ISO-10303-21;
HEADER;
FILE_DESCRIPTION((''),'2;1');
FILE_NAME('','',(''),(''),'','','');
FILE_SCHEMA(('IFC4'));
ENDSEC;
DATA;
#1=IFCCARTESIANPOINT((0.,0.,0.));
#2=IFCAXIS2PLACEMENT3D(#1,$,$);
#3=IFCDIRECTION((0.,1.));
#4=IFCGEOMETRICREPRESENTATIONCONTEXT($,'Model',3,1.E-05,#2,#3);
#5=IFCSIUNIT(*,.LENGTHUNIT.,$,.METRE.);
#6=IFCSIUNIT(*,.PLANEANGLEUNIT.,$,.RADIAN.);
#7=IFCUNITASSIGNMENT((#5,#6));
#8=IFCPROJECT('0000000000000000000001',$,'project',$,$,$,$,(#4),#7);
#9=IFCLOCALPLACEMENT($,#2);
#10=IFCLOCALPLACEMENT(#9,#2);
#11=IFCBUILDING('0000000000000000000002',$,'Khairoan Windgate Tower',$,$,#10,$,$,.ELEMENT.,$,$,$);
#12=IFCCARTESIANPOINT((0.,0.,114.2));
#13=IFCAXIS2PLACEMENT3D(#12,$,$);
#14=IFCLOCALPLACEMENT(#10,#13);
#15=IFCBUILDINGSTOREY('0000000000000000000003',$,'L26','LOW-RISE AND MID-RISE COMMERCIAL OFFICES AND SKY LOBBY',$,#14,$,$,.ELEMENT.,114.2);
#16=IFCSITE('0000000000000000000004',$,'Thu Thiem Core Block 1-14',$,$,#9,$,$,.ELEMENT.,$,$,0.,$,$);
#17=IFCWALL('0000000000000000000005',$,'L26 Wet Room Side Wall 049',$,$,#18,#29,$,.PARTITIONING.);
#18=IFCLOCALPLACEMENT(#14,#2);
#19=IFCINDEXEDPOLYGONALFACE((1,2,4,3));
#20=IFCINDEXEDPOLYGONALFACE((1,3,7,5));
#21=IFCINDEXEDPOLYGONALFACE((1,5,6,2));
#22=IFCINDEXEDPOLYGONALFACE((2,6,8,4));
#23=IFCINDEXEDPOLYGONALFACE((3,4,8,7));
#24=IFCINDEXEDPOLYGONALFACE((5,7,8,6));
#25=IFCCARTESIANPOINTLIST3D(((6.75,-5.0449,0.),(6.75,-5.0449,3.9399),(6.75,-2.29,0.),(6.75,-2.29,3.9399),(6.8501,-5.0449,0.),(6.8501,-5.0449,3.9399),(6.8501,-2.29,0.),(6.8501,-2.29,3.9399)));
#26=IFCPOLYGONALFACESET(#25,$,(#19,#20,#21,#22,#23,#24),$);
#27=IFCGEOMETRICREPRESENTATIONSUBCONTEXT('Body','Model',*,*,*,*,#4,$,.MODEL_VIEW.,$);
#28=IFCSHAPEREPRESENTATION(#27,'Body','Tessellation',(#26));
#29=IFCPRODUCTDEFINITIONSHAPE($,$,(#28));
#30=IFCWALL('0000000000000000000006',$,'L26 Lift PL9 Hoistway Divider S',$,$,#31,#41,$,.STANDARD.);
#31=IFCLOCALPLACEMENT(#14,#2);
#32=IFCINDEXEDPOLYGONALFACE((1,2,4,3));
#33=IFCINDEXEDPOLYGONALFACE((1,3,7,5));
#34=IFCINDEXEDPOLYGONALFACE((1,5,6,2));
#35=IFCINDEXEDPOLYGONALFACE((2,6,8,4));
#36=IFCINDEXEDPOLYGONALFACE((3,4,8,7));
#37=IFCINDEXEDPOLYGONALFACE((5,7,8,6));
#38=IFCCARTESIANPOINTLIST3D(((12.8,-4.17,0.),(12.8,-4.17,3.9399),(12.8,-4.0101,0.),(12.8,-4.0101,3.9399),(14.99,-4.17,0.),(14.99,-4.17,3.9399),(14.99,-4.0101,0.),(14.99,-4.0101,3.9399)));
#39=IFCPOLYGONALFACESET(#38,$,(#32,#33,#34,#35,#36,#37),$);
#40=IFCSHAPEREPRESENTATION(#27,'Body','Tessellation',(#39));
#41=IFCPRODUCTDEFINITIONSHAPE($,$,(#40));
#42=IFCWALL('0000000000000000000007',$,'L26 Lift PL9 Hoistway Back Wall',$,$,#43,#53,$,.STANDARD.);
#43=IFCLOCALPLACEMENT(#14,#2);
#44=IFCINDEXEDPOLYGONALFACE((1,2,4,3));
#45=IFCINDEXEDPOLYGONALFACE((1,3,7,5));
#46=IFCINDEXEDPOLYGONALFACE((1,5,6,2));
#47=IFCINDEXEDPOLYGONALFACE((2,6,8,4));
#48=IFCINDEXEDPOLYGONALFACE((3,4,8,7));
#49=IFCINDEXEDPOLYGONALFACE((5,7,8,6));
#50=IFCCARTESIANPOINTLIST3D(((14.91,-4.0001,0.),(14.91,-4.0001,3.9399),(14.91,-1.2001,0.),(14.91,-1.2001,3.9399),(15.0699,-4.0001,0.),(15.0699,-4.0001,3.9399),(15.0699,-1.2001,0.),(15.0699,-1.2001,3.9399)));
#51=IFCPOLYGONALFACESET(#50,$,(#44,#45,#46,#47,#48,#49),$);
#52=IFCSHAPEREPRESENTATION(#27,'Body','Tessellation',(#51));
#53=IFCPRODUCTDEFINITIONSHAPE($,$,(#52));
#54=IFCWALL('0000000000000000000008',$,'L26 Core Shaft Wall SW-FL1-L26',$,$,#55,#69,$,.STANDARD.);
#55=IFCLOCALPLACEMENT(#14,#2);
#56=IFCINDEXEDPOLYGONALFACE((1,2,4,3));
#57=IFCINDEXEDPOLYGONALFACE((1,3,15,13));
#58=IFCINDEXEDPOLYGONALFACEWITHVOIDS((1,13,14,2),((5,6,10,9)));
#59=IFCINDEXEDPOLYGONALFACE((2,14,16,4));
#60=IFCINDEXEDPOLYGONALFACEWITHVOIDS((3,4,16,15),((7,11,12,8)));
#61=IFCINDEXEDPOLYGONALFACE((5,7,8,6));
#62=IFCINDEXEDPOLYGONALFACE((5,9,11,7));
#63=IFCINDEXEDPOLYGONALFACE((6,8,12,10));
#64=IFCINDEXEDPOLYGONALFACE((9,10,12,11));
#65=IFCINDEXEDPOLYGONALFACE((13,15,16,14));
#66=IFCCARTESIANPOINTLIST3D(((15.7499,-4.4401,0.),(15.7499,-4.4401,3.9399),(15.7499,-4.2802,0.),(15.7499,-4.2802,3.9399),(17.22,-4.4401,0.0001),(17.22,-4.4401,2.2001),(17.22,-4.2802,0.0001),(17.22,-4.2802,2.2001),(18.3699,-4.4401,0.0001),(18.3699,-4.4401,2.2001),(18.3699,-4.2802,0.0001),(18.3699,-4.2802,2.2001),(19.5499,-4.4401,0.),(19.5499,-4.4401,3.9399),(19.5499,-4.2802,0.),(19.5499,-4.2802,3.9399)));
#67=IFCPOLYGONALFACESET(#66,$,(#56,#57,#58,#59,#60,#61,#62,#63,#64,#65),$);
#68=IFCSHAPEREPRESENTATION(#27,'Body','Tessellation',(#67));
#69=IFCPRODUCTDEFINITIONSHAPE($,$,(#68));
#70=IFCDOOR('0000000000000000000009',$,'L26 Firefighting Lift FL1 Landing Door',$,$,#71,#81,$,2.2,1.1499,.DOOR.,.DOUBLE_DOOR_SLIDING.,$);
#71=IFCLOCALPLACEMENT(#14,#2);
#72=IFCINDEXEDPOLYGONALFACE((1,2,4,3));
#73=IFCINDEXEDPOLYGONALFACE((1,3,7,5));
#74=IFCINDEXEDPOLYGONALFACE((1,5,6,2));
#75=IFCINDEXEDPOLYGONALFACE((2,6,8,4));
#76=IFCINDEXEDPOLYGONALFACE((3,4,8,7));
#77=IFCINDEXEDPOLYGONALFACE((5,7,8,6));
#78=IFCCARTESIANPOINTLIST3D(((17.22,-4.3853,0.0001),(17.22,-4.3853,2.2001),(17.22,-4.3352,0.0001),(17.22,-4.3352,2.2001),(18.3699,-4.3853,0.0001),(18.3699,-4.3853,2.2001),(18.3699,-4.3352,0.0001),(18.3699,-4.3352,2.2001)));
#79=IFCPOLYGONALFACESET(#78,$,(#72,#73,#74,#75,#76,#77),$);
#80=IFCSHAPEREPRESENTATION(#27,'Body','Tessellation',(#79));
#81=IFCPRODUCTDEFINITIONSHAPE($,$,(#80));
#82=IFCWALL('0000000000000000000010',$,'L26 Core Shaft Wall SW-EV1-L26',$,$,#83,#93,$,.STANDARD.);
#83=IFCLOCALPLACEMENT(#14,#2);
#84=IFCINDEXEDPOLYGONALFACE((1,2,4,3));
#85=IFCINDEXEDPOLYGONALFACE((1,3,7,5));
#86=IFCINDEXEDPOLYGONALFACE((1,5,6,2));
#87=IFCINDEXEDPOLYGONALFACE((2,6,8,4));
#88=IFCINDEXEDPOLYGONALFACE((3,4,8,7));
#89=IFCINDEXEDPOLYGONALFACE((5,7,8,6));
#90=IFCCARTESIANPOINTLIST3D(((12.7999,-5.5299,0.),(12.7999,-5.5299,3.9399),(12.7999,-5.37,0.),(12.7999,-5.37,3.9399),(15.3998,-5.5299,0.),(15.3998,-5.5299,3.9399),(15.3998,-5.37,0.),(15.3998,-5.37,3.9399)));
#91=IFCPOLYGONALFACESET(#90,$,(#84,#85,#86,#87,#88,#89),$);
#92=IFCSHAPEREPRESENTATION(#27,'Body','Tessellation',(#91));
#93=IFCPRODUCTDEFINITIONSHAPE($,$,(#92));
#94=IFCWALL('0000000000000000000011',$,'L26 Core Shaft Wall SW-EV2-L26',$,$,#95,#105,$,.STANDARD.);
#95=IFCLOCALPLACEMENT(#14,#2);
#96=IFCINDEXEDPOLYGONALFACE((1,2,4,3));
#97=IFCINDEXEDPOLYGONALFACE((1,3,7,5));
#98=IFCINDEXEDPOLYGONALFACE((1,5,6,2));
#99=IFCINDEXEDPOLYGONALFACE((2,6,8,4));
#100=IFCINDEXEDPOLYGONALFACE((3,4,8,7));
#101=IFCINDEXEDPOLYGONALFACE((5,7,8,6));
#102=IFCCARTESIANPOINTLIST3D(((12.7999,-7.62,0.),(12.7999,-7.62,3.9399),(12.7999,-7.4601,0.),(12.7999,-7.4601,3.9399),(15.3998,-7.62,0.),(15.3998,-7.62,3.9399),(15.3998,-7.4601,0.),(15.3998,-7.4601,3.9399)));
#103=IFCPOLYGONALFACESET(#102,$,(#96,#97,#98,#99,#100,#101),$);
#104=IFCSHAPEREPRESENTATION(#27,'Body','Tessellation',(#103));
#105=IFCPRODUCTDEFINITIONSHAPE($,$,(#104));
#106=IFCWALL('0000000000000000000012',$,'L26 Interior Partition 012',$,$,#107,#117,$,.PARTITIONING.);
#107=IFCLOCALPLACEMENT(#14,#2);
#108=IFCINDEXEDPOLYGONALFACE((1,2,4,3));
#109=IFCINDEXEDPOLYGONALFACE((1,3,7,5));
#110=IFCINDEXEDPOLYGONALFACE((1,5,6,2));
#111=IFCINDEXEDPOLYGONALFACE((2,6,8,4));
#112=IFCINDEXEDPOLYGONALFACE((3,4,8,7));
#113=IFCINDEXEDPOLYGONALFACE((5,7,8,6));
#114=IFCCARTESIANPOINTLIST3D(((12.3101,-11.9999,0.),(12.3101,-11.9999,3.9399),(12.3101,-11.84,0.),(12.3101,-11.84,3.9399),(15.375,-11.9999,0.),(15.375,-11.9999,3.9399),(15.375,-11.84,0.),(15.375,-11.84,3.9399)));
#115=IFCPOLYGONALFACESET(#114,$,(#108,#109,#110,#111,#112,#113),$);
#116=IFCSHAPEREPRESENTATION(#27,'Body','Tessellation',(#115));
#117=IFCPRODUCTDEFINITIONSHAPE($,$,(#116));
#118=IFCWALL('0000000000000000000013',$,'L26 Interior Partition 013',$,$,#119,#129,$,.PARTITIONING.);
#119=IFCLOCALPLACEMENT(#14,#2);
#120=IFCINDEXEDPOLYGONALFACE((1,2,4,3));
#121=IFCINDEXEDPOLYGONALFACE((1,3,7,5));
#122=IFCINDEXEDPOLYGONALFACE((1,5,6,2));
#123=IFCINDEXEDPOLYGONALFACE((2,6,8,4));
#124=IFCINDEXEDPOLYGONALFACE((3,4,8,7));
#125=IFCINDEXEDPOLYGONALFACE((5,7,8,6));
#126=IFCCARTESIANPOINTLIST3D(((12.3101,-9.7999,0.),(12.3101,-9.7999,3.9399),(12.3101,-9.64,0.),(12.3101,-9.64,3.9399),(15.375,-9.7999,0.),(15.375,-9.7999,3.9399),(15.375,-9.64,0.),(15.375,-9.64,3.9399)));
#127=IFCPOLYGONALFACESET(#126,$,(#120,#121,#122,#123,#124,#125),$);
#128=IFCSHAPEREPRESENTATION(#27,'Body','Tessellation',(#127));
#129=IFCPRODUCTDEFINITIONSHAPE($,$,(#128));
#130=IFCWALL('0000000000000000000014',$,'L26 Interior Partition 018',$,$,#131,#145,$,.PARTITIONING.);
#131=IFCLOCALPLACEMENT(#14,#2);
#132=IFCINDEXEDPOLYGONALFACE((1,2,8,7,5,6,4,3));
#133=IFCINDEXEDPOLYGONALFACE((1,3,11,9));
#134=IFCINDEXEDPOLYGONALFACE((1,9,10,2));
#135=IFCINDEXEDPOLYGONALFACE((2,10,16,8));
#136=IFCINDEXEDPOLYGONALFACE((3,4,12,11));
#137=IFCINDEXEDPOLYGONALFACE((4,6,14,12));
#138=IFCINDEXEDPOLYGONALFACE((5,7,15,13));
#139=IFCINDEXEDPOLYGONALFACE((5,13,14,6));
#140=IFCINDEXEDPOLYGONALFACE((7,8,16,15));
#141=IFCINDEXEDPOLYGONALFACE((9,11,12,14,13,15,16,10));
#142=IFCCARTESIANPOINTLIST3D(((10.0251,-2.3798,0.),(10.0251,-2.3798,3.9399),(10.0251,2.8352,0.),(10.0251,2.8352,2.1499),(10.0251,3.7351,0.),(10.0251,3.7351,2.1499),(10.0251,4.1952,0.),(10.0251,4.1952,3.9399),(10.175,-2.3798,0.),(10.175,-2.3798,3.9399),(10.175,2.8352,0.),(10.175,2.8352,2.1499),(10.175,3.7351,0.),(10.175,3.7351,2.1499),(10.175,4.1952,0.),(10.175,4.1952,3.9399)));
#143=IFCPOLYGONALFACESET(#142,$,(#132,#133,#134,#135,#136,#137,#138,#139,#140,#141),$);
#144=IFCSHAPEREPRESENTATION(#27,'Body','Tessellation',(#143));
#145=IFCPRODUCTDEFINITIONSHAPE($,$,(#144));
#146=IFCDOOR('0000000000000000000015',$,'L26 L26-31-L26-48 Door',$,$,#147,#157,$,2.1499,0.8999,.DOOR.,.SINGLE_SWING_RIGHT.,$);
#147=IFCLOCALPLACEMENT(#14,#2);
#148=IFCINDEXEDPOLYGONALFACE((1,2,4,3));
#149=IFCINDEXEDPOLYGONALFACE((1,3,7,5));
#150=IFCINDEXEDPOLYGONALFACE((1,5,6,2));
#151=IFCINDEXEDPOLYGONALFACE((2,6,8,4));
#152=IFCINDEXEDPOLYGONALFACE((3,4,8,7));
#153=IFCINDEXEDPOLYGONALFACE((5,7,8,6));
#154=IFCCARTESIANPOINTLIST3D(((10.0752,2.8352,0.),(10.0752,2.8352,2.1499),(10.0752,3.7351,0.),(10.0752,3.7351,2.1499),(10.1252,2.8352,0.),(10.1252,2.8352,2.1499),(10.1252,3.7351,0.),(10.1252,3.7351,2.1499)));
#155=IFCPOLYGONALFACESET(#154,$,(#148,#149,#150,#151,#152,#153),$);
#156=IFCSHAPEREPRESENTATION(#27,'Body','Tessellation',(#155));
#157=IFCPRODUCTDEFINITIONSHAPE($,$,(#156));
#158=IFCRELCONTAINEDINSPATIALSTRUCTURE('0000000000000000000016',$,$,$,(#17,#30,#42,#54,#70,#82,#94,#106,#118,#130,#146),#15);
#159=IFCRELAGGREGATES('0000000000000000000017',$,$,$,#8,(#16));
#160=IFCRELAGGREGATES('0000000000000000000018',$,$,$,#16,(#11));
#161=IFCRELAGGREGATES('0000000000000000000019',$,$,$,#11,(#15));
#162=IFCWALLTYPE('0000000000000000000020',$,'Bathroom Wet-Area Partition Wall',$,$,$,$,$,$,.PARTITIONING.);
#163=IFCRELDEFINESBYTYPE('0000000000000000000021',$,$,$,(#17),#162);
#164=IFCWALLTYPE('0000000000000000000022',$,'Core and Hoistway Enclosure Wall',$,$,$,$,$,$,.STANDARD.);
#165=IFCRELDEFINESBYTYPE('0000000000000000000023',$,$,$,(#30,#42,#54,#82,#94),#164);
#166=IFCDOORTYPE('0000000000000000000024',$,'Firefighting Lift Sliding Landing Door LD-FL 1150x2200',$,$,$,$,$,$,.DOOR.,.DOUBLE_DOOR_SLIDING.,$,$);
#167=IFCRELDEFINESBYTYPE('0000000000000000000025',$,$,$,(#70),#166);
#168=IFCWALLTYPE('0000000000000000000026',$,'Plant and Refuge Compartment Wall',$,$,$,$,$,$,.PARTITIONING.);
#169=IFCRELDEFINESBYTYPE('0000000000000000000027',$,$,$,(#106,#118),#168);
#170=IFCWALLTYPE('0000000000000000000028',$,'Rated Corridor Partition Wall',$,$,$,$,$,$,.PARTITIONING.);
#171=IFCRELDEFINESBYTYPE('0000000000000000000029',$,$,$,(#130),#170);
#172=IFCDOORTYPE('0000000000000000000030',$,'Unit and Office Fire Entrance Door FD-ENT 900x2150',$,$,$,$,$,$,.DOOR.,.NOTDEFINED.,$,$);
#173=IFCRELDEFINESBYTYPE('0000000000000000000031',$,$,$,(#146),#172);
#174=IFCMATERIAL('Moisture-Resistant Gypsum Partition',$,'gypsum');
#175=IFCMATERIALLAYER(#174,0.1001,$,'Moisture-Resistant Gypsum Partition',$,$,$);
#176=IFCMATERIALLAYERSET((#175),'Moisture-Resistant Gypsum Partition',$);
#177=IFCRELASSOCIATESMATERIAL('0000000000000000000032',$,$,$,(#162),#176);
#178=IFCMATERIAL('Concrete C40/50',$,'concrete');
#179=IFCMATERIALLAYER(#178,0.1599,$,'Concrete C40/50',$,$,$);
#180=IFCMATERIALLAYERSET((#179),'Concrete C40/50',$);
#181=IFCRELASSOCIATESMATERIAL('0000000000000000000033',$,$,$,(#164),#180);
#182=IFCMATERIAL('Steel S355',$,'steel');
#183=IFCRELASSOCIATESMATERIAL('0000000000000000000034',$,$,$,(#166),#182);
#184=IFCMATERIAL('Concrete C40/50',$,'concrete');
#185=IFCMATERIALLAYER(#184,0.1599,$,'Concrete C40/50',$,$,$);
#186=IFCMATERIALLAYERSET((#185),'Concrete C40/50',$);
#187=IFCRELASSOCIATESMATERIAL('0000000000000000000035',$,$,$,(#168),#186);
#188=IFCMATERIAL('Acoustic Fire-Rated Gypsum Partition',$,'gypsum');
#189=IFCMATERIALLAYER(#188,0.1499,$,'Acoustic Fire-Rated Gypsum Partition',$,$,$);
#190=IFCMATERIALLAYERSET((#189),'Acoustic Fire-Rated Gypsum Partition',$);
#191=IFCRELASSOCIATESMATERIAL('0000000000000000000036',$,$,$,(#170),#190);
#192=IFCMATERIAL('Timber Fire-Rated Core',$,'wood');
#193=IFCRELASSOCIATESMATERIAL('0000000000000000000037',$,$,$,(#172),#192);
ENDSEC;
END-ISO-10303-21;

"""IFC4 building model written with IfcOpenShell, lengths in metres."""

from ifc_helpers import new_model, si_unit, direction, frame, frame_2d, origin, place, context, subcontext, project, spatial, rectangle, extrude, material, layer, layer_set, type_object, element, fill, save


model = new_model("IFC4")

# Units and contexts
model_context = context("Model", 3, precision=1e-05, world=origin(), true_north=direction((0.0, 1.0)))
body_context = subcontext(model_context, "Body", "Model", "MODEL_VIEW")
ifc_project = project(units=[si_unit("LENGTHUNIT", "METRE"), si_unit("PLANEANGLEUNIT", "RADIAN")], contexts=[model_context])

# Site, building, storey
site_placement = place(None, origin())
site = spatial("IfcSite", under=ifc_project, at=site_placement, Name="Thu Thiem Core Block 1-14", CompositionType="ELEMENT", RefElevation=0.0)
building_placement = place(site_placement, origin())
building = spatial("IfcBuilding", under=site, at=building_placement, Name="Khairoan Windgate Tower", CompositionType="ELEMENT")
storey_placement = place(building_placement, frame((0.0, 0.0, 114.2)))
storey = spatial("IfcBuildingStorey", under=building, at=storey_placement, Name="L26", Description="LOW-RISE AND MID-RISE COMMERCIAL OFFICES AND SKY LOBBY", CompositionType="ELEMENT", Elevation=114.2)

# Walls
ifc_material_1 = material(Name="Moisture-Resistant Gypsum Partition", Category="gypsum")
ifc_layer_1 = layer(ifc_material_1, 0.1001, Name="Moisture-Resistant Gypsum Partition")
ifc_layer_set_1 = layer_set([ifc_layer_1], Name="Moisture-Resistant Gypsum Partition")
wall_type_1 = type_object("IfcWallType", Name="Bathroom Wet-Area Partition Wall", PredefinedType="PARTITIONING", material=ifc_layer_set_1)
wall_1_placement = place(storey_placement, frame((6.8, -2.29, 0.0), z_axis=(0.0, 0.0, 1.0), x_axis=(0.0, -1.0, 0.0)))
element("IfcWall", 1, at=wall_1_placement, inside=storey, type_object=wall_type_1, Name="L26 Wet Room Side Wall 049", PredefinedType="PARTITIONING", context=body_context, shape_type="SweptSolid", body=[
    extrude(rectangle(XDim=2.7549, YDim=0.1001, at=frame_2d((1.3774, 0.0))), origin(), (0.0, 0.0, 1.0), 3.9399),
])
ifc_material_2 = material(Name="Concrete C40/50", Category="concrete")
ifc_layer_2 = layer(ifc_material_2, 0.1599, Name="Concrete C40/50")
ifc_layer_set_2 = layer_set([ifc_layer_2], Name="Concrete C40/50")
wall_type_2 = type_object("IfcWallType", Name="Core and Hoistway Enclosure Wall", PredefinedType="STANDARD", material=ifc_layer_set_2)
wall_2_placement = place(storey_placement, frame((12.8, -4.0901, 0.0), z_axis=(0.0, 0.0, 1.0), x_axis=(1.0, 0.0, 0.0)))
element("IfcWall", 2, at=wall_2_placement, inside=storey, type_object=wall_type_2, Name="L26 Lift PL9 Hoistway Divider S", PredefinedType="STANDARD", context=body_context, shape_type="SweptSolid", body=[
    extrude(rectangle(XDim=2.1899, YDim=0.1599, at=frame_2d((1.095, 0.0))), origin(), (0.0, 0.0, 1.0), 3.9399),
])
wall_3_placement = place(storey_placement, frame((14.99, -4.0, 0.0), z_axis=(0.0, 0.0, 1.0), x_axis=(0.0, 1.0, 0.0)))
element("IfcWall", 3, at=wall_3_placement, inside=storey, type_object=wall_type_2, Name="L26 Lift PL9 Hoistway Back Wall", PredefinedType="STANDARD", context=body_context, shape_type="SweptSolid", body=[
    extrude(rectangle(XDim=2.8, YDim=0.1599, at=frame_2d((1.3999, 0.0))), origin(), (0.0, 0.0, 1.0), 3.9399),
])

# Wall, opening, door
wall_4_placement = place(storey_placement, frame((15.75, -4.3601, 0.0), z_axis=(0.0, 0.0, 1.0), x_axis=(1.0, 0.0, 0.0)))
wall_4 = element("IfcWall", 4, at=wall_4_placement, inside=storey, type_object=wall_type_2, Name="L26 Core Shaft Wall SW-FL1-L26", PredefinedType="STANDARD", context=body_context, shape_type="SweptSolid", body=[
    extrude(rectangle(XDim=3.8, YDim=0.1599, at=frame_2d((1.8999, 0.0))), origin(), (0.0, 0.0, 1.0), 3.9399),
])
opening_1_placement = place(wall_4_placement, frame((1.47, 0.0, 0.0)))
opening_1 = element("IfcOpeningElement", 5, at=opening_1_placement, cuts=wall_4, PredefinedType="OPENING", context=body_context, shape_type="SweptSolid", body=[
    extrude(rectangle(XDim=1.1499, YDim=2.2, at=frame_2d((0.575, 1.1001))), frame((0.0, 0.0898, 0.0), z_axis=(0.0, -1.0, 0.0), x_axis=(1.0, 0.0, 0.0)), (0.0, 0.0, 1.0), 0.1799),
])
ifc_material_3 = material(Name="Steel S355", Category="steel")
door_type_1 = type_object("IfcDoorType", Name="Firefighting Lift Sliding Landing Door LD-FL 1150x2200", OperationType="DOUBLE_DOOR_SLIDING", PredefinedType="DOOR", material=ifc_material_3)
door_1_placement = place(opening_1_placement, origin())
door_1 = element("IfcDoor", 6, at=door_1_placement, inside=storey, type_object=door_type_1, Name="L26 Firefighting Lift FL1 Landing Door", OperationType="DOUBLE_DOOR_SLIDING", OverallHeight=2.2, OverallWidth=1.1499, PredefinedType="DOOR", context=body_context, shape_type="SweptSolid", body=[
    extrude(rectangle(XDim=1.1499, YDim=2.2, at=frame_2d((0.575, 1.1001))), frame((0.0, 0.0249, 0.0), z_axis=(0.0, -1.0, 0.0), x_axis=(1.0, 0.0, 0.0)), (0.0, 0.0, 1.0), 0.05),
])
fill(opening_1, door_1)

# Walls
for number, where, z_axis, x_axis, name in (
    (7, (12.8, -5.45, 0.0), (0.0, 0.0, 1.0), (1.0, 0.0, 0.0), "L26 Core Shaft Wall SW-EV1-L26"),
    (8, (12.8, -7.54, 0.0), (0.0, 0.0, 1.0), (1.0, 0.0, 0.0), "L26 Core Shaft Wall SW-EV2-L26"),
):
    element("IfcWall", number, at=place(storey_placement, frame(where, z_axis=z_axis, x_axis=x_axis)), inside=storey, type_object=wall_type_2, Name=name, PredefinedType="STANDARD", context=body_context, shape_type="SweptSolid", body=[
        extrude(rectangle(XDim=2.5999, YDim=0.1599, at=frame_2d((1.2998, 0.0))), origin(), (0.0, 0.0, 1.0), 3.9399),
    ])
ifc_material_4 = material(Name="Concrete C40/50", Category="concrete")
ifc_layer_3 = layer(ifc_material_4, 0.1599, Name="Concrete C40/50")
ifc_layer_set_3 = layer_set([ifc_layer_3], Name="Concrete C40/50")
wall_type_3 = type_object("IfcWallType", Name="Plant and Refuge Compartment Wall", PredefinedType="PARTITIONING", material=ifc_layer_set_3)
for number, where, z_axis, x_axis, name in (
    (9, (12.3101, -11.9199, 0.0), (0.0, 0.0, 1.0), (1.0, 0.0, 0.0), "L26 Interior Partition 012"),
    (10, (12.3101, -9.72, 0.0), (0.0, 0.0, 1.0), (1.0, 0.0, 0.0), "L26 Interior Partition 013"),
):
    element("IfcWall", number, at=place(storey_placement, frame(where, z_axis=z_axis, x_axis=x_axis)), inside=storey, type_object=wall_type_3, Name=name, PredefinedType="PARTITIONING", context=body_context, shape_type="SweptSolid", body=[
        extrude(rectangle(XDim=3.0649, YDim=0.1599, at=frame_2d((1.5325, 0.0))), origin(), (0.0, 0.0, 1.0), 3.9399),
    ])

# Wall, opening, door
ifc_material_5 = material(Name="Acoustic Fire-Rated Gypsum Partition", Category="gypsum")
ifc_layer_4 = layer(ifc_material_5, 0.1499, Name="Acoustic Fire-Rated Gypsum Partition")
ifc_layer_set_4 = layer_set([ifc_layer_4], Name="Acoustic Fire-Rated Gypsum Partition")
wall_type_4 = type_object("IfcWallType", Name="Rated Corridor Partition Wall", PredefinedType="PARTITIONING", material=ifc_layer_set_4)
wall_5_placement = place(storey_placement, frame((10.1001, -2.3799, 0.0), z_axis=(0.0, 0.0, 1.0), x_axis=(0.0, 1.0, 0.0)))
wall_5 = element("IfcWall", 11, at=wall_5_placement, inside=storey, type_object=wall_type_4, Name="L26 Interior Partition 018", PredefinedType="PARTITIONING", context=body_context, shape_type="SweptSolid", body=[
    extrude(rectangle(XDim=6.575, YDim=0.1499, at=frame_2d((3.2876, 0.0))), origin(), (0.0, 0.0, 1.0), 3.9399),
])
opening_2_placement = place(wall_5_placement, frame((5.2151, 0.0, 0.0)))
opening_2 = element("IfcOpeningElement", 12, at=opening_2_placement, cuts=wall_5, PredefinedType="OPENING", context=body_context, shape_type="SweptSolid", body=[
    extrude(rectangle(XDim=0.8999, YDim=2.1499, at=frame_2d((0.45, 1.075))), frame((0.0, 0.085, 0.0), z_axis=(0.0, -1.0, 0.0), x_axis=(1.0, 0.0, 0.0)), (0.0, 0.0, 1.0), 0.1699),
])
ifc_material_6 = material(Name="Timber Fire-Rated Core", Category="wood")
door_type_2 = type_object("IfcDoorType", Name="Unit and Office Fire Entrance Door FD-ENT 900x2150", OperationType="NOTDEFINED", PredefinedType="DOOR", material=ifc_material_6)
door_2_placement = place(opening_2_placement, origin())
door_2 = element("IfcDoor", 13, at=door_2_placement, inside=storey, type_object=door_type_2, Name="L26 L26-31-L26-48 Door", OperationType="SINGLE_SWING_RIGHT", OverallHeight=2.1499, OverallWidth=0.8999, PredefinedType="DOOR", context=body_context, shape_type="SweptSolid", body=[
    extrude(rectangle(XDim=0.8999, YDim=2.1499, at=frame_2d((0.45, 1.075))), frame((0.0, 0.0249, 0.0), z_axis=(0.0, -1.0, 0.0), x_axis=(1.0, 0.0, 0.0)), (0.0, 0.0, 1.0), 0.05),
])
fill(opening_2, door_2)

save(model, "model.ifc")
